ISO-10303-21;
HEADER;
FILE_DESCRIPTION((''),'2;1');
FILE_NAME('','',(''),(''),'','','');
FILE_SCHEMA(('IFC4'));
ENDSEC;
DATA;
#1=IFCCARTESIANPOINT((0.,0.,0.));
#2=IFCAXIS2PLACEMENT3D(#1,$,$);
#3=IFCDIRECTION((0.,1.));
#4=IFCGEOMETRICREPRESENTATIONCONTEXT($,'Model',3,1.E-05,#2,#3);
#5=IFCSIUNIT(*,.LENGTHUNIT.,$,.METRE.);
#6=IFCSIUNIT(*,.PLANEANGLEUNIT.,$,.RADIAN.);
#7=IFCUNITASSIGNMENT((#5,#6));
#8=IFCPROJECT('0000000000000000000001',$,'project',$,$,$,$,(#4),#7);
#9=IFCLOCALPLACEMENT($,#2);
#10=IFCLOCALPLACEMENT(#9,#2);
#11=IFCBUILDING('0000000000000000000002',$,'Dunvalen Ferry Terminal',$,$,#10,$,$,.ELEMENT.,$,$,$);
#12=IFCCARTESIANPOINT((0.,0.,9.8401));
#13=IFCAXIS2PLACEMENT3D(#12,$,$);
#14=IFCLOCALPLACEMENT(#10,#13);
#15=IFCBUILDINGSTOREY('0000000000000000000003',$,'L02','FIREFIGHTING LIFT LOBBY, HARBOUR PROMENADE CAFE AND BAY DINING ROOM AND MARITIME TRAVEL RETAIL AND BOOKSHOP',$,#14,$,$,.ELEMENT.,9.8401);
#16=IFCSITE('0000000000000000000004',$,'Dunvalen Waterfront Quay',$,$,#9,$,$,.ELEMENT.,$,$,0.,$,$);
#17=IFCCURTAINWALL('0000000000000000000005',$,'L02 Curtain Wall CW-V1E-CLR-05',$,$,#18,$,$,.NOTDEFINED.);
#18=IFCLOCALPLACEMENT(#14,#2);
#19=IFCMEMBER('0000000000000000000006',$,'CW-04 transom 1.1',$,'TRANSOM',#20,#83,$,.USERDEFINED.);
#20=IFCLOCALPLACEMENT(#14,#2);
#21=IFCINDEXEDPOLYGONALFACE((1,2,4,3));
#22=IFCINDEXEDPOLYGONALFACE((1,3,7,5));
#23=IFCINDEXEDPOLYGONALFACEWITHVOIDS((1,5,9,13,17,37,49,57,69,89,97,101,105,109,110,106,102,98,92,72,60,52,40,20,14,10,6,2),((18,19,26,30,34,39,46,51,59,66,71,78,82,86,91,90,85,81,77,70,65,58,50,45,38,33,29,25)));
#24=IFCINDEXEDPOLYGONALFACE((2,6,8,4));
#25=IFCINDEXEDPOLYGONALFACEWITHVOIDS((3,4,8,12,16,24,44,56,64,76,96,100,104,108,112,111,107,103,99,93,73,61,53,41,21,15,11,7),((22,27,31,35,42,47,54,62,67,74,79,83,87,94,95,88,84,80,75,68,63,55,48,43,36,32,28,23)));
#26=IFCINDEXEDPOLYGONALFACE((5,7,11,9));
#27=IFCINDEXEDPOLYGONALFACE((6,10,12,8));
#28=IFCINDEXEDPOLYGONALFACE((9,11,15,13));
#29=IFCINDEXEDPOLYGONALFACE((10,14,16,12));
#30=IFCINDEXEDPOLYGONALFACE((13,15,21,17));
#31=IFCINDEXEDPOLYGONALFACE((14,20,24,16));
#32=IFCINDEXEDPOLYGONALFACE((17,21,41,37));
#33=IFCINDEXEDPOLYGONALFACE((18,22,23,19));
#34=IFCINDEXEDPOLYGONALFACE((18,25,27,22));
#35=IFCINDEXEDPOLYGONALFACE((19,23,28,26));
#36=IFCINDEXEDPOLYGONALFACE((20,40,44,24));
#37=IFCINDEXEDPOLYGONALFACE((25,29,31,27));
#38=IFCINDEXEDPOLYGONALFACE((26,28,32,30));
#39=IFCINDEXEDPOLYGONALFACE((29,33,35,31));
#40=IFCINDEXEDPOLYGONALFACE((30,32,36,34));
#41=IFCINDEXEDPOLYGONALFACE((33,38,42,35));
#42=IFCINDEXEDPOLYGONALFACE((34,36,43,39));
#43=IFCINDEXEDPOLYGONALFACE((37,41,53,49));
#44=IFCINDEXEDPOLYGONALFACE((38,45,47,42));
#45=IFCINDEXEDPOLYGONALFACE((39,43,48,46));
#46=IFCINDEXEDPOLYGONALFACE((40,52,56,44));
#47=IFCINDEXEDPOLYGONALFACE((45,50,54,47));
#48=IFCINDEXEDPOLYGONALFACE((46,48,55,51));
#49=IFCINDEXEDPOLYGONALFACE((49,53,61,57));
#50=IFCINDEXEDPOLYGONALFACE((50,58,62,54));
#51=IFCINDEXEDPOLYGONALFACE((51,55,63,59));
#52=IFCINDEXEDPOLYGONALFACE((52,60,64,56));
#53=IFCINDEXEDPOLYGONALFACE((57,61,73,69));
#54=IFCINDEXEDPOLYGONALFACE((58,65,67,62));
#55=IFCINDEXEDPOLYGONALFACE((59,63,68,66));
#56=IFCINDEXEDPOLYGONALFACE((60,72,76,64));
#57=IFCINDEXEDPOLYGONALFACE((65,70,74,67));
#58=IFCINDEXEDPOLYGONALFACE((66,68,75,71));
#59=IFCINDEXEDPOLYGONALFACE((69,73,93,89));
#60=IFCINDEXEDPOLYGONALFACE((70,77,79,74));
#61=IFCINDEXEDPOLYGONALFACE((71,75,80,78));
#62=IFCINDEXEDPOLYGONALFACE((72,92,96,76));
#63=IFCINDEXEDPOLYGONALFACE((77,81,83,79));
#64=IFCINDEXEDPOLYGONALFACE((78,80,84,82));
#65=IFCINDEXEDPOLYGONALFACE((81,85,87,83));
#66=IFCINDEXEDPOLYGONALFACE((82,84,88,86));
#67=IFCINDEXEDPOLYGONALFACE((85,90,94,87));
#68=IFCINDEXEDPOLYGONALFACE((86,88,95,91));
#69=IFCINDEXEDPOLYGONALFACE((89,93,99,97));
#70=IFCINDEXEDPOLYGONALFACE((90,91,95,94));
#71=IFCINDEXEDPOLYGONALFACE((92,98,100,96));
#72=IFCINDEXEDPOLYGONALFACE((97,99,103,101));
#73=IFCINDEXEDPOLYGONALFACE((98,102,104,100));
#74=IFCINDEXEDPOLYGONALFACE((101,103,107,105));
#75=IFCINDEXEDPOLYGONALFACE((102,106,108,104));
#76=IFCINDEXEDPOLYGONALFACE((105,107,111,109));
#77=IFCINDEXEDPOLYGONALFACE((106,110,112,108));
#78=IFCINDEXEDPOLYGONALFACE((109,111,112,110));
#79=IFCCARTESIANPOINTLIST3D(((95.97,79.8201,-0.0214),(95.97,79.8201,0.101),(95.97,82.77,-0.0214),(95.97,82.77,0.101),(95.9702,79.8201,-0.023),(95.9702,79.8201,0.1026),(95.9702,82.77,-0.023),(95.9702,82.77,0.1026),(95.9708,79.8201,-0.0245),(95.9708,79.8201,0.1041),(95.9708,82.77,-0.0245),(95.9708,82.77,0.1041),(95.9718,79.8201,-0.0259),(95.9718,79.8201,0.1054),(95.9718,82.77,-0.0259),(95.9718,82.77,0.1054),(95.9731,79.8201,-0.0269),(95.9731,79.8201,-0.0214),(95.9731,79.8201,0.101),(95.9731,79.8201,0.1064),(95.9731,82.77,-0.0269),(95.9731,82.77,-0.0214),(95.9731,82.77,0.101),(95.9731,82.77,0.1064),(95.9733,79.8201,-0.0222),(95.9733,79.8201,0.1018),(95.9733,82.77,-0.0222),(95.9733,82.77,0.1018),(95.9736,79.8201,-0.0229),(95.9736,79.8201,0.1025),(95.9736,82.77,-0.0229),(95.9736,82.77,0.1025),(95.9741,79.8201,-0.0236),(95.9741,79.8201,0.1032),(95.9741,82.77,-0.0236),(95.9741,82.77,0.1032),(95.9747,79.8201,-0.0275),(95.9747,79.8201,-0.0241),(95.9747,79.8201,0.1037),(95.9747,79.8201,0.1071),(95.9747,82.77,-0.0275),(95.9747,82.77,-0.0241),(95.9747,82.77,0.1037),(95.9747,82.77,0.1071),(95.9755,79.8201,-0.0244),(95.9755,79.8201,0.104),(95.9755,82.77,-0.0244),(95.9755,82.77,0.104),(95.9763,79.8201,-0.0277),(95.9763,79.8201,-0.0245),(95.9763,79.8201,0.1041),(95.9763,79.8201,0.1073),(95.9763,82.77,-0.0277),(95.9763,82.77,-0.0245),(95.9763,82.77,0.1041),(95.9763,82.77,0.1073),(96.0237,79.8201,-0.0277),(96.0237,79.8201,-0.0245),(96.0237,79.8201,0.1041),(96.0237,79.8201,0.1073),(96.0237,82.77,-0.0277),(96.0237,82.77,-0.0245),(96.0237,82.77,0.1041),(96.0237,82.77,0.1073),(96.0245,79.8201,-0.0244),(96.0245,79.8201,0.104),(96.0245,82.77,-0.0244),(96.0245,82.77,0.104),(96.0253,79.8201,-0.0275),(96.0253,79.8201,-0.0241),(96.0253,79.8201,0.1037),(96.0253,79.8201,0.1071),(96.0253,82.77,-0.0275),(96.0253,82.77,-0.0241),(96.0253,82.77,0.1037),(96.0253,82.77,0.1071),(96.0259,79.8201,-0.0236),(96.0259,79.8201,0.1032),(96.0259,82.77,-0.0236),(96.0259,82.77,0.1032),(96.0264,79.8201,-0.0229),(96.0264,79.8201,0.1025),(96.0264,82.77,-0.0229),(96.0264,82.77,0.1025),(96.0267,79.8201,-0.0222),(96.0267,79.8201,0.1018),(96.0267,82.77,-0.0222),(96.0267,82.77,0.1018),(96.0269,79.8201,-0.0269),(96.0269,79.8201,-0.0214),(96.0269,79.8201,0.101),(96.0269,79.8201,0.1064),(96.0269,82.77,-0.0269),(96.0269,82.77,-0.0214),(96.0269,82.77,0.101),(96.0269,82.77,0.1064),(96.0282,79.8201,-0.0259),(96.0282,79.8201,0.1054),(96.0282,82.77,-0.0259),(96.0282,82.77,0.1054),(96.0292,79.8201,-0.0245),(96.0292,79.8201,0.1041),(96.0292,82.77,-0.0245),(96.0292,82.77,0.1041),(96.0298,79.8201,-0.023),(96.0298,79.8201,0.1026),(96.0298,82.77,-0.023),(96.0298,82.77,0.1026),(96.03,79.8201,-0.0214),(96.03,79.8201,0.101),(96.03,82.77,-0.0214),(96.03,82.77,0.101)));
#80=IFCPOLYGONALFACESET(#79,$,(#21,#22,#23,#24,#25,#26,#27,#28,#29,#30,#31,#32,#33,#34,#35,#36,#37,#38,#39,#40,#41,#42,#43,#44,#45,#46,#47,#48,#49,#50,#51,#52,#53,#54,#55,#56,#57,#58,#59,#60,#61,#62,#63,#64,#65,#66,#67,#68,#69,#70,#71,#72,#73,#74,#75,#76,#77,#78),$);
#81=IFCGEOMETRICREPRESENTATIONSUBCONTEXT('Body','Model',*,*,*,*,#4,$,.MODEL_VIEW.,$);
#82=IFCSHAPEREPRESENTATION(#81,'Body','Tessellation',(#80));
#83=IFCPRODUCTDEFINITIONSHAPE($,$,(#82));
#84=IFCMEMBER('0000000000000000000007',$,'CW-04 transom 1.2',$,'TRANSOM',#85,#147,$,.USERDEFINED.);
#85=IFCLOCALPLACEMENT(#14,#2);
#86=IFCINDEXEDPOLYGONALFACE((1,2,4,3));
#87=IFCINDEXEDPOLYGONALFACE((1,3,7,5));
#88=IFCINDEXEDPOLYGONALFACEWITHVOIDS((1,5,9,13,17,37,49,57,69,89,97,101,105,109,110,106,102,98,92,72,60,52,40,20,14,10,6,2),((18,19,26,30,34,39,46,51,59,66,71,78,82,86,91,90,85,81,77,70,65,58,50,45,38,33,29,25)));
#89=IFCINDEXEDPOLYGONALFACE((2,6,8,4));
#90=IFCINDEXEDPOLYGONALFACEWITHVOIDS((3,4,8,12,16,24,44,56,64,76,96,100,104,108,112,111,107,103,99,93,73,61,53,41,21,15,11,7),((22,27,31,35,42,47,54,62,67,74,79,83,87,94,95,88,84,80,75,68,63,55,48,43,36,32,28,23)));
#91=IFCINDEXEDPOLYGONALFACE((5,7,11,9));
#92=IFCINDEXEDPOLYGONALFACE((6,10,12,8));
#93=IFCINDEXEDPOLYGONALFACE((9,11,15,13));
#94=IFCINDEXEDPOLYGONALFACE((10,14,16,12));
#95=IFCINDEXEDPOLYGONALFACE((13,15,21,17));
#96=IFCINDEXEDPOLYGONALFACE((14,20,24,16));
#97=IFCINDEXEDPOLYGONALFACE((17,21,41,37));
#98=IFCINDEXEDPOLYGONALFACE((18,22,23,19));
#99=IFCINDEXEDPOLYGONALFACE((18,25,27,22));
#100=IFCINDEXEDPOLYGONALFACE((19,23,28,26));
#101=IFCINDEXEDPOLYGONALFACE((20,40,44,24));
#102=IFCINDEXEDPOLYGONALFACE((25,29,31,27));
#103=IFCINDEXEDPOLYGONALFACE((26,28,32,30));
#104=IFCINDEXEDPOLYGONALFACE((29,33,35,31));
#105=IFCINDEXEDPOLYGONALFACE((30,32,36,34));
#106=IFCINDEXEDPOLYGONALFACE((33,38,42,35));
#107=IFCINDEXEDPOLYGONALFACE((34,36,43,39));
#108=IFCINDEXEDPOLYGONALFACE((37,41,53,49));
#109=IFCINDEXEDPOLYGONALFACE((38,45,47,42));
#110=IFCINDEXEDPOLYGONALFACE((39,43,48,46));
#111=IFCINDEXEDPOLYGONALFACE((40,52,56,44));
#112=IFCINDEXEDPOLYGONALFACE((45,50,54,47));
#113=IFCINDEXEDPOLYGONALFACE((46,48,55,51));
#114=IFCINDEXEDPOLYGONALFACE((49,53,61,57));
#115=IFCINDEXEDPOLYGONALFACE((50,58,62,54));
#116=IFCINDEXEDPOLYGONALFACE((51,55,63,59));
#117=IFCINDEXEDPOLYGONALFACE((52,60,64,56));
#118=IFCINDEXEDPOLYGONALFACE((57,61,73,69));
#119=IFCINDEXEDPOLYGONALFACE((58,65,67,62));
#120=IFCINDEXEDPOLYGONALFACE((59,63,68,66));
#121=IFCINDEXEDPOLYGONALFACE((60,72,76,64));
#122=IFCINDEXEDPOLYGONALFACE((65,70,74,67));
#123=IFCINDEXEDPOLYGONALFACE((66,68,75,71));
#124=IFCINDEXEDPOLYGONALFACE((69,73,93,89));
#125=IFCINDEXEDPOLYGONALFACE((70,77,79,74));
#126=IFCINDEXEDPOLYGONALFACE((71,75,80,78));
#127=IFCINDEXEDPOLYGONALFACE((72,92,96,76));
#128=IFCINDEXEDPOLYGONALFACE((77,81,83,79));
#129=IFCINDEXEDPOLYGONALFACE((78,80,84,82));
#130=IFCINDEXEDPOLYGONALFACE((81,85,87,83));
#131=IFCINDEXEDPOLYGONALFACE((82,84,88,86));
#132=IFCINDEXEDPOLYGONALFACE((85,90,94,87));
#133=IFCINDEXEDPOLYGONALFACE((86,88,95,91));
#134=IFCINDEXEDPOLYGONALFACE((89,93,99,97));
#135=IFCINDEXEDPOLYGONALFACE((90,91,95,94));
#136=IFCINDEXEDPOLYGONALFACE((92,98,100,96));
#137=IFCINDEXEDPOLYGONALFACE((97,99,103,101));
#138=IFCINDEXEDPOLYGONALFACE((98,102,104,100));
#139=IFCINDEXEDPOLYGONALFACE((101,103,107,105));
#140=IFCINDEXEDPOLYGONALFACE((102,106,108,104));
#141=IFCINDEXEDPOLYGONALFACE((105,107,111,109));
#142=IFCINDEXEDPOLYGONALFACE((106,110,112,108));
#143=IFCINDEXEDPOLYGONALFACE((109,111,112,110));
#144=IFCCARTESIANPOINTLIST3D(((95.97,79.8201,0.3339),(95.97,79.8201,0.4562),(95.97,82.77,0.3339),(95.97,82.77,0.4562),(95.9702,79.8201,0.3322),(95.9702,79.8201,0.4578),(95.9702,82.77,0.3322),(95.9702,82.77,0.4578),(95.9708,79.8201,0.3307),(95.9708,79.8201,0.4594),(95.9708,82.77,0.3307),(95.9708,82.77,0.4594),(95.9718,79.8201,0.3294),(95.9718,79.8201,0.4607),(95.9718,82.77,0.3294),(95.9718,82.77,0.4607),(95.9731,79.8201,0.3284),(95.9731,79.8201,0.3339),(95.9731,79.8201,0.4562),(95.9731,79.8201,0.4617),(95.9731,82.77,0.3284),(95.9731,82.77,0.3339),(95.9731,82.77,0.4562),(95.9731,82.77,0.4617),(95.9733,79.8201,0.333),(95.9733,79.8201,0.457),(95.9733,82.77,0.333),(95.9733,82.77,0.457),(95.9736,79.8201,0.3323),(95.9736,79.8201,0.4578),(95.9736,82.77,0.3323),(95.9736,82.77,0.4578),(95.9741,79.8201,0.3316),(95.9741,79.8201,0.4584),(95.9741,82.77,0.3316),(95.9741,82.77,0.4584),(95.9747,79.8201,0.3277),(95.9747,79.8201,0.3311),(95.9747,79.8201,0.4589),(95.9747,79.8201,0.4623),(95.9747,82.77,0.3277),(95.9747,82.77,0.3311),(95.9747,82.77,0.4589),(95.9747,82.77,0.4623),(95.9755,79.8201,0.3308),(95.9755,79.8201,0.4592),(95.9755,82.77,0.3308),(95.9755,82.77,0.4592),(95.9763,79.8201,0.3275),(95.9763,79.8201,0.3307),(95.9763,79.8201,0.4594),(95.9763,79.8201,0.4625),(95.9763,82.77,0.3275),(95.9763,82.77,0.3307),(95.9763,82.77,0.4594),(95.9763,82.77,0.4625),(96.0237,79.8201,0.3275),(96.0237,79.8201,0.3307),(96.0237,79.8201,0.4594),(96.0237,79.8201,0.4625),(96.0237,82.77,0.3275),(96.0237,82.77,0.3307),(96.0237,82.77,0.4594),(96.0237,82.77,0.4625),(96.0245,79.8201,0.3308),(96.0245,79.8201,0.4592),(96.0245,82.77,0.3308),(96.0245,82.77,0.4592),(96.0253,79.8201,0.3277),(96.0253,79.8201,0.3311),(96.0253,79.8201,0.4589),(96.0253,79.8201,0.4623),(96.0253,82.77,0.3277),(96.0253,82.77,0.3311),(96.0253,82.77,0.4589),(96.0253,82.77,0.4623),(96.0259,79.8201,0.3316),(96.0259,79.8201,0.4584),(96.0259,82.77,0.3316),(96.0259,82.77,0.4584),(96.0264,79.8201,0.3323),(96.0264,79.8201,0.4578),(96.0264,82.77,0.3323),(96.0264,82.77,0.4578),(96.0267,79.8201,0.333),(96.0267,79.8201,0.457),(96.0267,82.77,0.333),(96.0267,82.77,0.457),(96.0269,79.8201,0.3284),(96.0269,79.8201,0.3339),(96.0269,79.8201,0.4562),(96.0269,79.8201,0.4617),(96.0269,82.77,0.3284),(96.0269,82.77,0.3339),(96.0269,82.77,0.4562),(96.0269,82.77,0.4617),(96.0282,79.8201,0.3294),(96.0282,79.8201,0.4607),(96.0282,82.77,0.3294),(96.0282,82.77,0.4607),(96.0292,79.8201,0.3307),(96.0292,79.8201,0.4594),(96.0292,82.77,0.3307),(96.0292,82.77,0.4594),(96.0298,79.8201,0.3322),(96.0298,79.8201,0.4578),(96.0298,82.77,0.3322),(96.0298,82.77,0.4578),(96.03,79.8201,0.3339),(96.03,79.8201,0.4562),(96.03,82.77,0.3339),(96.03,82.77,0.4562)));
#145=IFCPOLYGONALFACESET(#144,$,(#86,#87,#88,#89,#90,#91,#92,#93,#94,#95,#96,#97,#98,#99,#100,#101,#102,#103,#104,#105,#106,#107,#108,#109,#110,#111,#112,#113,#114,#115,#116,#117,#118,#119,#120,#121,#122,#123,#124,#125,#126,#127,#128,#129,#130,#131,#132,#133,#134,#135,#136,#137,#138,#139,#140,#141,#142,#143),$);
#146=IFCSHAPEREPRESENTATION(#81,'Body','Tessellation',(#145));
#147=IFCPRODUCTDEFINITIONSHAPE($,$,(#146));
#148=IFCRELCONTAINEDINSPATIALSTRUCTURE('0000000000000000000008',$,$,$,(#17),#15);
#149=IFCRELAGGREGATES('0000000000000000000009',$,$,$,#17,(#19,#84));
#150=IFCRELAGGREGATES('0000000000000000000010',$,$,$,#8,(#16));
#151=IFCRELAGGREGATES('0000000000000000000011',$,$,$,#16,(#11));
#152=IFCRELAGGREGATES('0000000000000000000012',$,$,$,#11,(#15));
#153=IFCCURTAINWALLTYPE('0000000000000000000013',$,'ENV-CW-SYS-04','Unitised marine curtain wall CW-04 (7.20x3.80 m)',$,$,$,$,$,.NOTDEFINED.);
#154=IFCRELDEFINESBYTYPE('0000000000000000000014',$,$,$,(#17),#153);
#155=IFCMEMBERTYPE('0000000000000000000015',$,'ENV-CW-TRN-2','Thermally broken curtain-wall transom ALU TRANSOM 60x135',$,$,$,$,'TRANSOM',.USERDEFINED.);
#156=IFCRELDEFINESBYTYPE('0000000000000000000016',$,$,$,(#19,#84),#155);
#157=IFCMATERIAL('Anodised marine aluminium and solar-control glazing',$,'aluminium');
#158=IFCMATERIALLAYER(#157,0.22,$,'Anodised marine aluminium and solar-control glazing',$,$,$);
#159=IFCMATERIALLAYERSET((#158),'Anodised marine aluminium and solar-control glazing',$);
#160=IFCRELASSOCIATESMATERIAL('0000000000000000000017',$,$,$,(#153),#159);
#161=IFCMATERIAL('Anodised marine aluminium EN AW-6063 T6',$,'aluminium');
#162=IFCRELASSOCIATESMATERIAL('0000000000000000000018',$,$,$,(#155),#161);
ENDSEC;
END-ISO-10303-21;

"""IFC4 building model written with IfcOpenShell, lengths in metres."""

from ifc_helpers import new_model, si_unit, direction, frame, origin, origin_2d, place, context, subcontext, project, spatial, hollow_rectangle, extrude, material, layer, layer_set, material_profile, profile_set, type_object, element, aggregate, save


model = new_model("IFC4")

# Units and contexts
model_context = context("Model", 3, precision=1e-05, world=origin(), true_north=direction((0.0, 1.0)))
body_context = subcontext(model_context, "Body", "Model", "MODEL_VIEW")
ifc_project = project(units=[si_unit("LENGTHUNIT", "METRE"), si_unit("PLANEANGLEUNIT", "RADIAN")], contexts=[model_context])

# Site, building, storey
site_placement = place(None, origin())
site = spatial("IfcSite", under=ifc_project, at=site_placement, Name="Dunvalen Waterfront Quay", CompositionType="ELEMENT", RefElevation=0.0)
building_placement = place(site_placement, origin())
building = spatial("IfcBuilding", under=site, at=building_placement, Name="Dunvalen Ferry Terminal", CompositionType="ELEMENT")
storey_placement = place(building_placement, frame((0.0, 0.0, 9.8401)))
storey = spatial("IfcBuildingStorey", under=building, at=storey_placement, Name="L02", Description="FIREFIGHTING LIFT LOBBY, HARBOUR PROMENADE CAFE AND BAY DINING ROOM AND MARITIME TRAVEL RETAIL AND BOOKSHOP", CompositionType="ELEMENT", Elevation=9.8401)

# Shared definitions
ifc_material_1 = material(Name="Anodised marine aluminium and solar-control glazing", Category="aluminium")
ifc_layer_1 = layer(ifc_material_1, 0.22, Name="Anodised marine aluminium and solar-control glazing")
ifc_layer_set_1 = layer_set([ifc_layer_1], Name="Anodised marine aluminium and solar-control glazing")
curtain_wall_type = type_object("IfcCurtainWallType", Name="ENV-CW-SYS-04", Description="Unitised marine curtain wall CW-04 (7.20x3.80 m)", PredefinedType="NOTDEFINED", material=ifc_layer_set_1)
ifc_material_2 = material(Name="Anodised marine aluminium EN AW-6063 T6", Category="aluminium")

# Curtain wall, members
curtain_wall_1_placement = place(storey_placement, origin())
curtain_wall_1 = element("IfcCurtainWall", 1, at=curtain_wall_1_placement, inside=storey, type_object=curtain_wall_type, Name="L02 Curtain Wall CW-V1E-CLR-05", PredefinedType="NOTDEFINED")
ifc_material_profile_1 = material_profile(ifc_material_2, hollow_rectangle(XDim=0.0601, YDim=0.135, WallThickness=0.0032, InnerFilletRadius=0.0032, OuterFilletRadius=0.0063, at=origin_2d()), Name="Anodised marine aluminium EN AW-6063 T6")
ifc_profile_set_1 = profile_set([ifc_material_profile_1], Name="Anodised marine aluminium EN AW-6063 T6")
member_type_1 = type_object("IfcMemberType", Name="ENV-CW-TRN-2", Description="Thermally broken curtain-wall transom ALU TRANSOM 60x135", ElementType="TRANSOM", PredefinedType="USERDEFINED", material=ifc_profile_set_1)
member_1_placement = place(storey_placement, frame((96.0, 79.8201, 0.0398), z_axis=(0.0, 1.0, 0.0), x_axis=(-1.0, 0.0, 0.0)))
member_1 = element("IfcMember", 2, at=member_1_placement, type_object=member_type_1, Name="CW-04 transom 1.1", ObjectType="TRANSOM", PredefinedType="USERDEFINED", context=body_context, shape_type="SweptSolid", body=[
    extrude(hollow_rectangle(XDim=0.0601, YDim=0.135, WallThickness=0.0032, InnerFilletRadius=0.0032, OuterFilletRadius=0.0063, at=origin_2d()), origin(), (0.0, 0.0, 1.0), 2.95),
])
member_2_placement = place(storey_placement, frame((96.0, 79.8201, 0.395), z_axis=(0.0, 1.0, 0.0), x_axis=(-1.0, 0.0, 0.0)))
member_2 = element("IfcMember", 3, at=member_2_placement, type_object=member_type_1, Name="CW-04 transom 1.2", ObjectType="TRANSOM", PredefinedType="USERDEFINED", context=body_context, shape_type="SweptSolid", body=[
    extrude(hollow_rectangle(XDim=0.0601, YDim=0.135, WallThickness=0.0032, InnerFilletRadius=0.0032, OuterFilletRadius=0.0063, at=origin_2d()), origin(), (0.0, 0.0, 1.0), 2.95),
])

aggregate(curtain_wall_1, [member_1, member_2])

save(model, "model.ifc")
